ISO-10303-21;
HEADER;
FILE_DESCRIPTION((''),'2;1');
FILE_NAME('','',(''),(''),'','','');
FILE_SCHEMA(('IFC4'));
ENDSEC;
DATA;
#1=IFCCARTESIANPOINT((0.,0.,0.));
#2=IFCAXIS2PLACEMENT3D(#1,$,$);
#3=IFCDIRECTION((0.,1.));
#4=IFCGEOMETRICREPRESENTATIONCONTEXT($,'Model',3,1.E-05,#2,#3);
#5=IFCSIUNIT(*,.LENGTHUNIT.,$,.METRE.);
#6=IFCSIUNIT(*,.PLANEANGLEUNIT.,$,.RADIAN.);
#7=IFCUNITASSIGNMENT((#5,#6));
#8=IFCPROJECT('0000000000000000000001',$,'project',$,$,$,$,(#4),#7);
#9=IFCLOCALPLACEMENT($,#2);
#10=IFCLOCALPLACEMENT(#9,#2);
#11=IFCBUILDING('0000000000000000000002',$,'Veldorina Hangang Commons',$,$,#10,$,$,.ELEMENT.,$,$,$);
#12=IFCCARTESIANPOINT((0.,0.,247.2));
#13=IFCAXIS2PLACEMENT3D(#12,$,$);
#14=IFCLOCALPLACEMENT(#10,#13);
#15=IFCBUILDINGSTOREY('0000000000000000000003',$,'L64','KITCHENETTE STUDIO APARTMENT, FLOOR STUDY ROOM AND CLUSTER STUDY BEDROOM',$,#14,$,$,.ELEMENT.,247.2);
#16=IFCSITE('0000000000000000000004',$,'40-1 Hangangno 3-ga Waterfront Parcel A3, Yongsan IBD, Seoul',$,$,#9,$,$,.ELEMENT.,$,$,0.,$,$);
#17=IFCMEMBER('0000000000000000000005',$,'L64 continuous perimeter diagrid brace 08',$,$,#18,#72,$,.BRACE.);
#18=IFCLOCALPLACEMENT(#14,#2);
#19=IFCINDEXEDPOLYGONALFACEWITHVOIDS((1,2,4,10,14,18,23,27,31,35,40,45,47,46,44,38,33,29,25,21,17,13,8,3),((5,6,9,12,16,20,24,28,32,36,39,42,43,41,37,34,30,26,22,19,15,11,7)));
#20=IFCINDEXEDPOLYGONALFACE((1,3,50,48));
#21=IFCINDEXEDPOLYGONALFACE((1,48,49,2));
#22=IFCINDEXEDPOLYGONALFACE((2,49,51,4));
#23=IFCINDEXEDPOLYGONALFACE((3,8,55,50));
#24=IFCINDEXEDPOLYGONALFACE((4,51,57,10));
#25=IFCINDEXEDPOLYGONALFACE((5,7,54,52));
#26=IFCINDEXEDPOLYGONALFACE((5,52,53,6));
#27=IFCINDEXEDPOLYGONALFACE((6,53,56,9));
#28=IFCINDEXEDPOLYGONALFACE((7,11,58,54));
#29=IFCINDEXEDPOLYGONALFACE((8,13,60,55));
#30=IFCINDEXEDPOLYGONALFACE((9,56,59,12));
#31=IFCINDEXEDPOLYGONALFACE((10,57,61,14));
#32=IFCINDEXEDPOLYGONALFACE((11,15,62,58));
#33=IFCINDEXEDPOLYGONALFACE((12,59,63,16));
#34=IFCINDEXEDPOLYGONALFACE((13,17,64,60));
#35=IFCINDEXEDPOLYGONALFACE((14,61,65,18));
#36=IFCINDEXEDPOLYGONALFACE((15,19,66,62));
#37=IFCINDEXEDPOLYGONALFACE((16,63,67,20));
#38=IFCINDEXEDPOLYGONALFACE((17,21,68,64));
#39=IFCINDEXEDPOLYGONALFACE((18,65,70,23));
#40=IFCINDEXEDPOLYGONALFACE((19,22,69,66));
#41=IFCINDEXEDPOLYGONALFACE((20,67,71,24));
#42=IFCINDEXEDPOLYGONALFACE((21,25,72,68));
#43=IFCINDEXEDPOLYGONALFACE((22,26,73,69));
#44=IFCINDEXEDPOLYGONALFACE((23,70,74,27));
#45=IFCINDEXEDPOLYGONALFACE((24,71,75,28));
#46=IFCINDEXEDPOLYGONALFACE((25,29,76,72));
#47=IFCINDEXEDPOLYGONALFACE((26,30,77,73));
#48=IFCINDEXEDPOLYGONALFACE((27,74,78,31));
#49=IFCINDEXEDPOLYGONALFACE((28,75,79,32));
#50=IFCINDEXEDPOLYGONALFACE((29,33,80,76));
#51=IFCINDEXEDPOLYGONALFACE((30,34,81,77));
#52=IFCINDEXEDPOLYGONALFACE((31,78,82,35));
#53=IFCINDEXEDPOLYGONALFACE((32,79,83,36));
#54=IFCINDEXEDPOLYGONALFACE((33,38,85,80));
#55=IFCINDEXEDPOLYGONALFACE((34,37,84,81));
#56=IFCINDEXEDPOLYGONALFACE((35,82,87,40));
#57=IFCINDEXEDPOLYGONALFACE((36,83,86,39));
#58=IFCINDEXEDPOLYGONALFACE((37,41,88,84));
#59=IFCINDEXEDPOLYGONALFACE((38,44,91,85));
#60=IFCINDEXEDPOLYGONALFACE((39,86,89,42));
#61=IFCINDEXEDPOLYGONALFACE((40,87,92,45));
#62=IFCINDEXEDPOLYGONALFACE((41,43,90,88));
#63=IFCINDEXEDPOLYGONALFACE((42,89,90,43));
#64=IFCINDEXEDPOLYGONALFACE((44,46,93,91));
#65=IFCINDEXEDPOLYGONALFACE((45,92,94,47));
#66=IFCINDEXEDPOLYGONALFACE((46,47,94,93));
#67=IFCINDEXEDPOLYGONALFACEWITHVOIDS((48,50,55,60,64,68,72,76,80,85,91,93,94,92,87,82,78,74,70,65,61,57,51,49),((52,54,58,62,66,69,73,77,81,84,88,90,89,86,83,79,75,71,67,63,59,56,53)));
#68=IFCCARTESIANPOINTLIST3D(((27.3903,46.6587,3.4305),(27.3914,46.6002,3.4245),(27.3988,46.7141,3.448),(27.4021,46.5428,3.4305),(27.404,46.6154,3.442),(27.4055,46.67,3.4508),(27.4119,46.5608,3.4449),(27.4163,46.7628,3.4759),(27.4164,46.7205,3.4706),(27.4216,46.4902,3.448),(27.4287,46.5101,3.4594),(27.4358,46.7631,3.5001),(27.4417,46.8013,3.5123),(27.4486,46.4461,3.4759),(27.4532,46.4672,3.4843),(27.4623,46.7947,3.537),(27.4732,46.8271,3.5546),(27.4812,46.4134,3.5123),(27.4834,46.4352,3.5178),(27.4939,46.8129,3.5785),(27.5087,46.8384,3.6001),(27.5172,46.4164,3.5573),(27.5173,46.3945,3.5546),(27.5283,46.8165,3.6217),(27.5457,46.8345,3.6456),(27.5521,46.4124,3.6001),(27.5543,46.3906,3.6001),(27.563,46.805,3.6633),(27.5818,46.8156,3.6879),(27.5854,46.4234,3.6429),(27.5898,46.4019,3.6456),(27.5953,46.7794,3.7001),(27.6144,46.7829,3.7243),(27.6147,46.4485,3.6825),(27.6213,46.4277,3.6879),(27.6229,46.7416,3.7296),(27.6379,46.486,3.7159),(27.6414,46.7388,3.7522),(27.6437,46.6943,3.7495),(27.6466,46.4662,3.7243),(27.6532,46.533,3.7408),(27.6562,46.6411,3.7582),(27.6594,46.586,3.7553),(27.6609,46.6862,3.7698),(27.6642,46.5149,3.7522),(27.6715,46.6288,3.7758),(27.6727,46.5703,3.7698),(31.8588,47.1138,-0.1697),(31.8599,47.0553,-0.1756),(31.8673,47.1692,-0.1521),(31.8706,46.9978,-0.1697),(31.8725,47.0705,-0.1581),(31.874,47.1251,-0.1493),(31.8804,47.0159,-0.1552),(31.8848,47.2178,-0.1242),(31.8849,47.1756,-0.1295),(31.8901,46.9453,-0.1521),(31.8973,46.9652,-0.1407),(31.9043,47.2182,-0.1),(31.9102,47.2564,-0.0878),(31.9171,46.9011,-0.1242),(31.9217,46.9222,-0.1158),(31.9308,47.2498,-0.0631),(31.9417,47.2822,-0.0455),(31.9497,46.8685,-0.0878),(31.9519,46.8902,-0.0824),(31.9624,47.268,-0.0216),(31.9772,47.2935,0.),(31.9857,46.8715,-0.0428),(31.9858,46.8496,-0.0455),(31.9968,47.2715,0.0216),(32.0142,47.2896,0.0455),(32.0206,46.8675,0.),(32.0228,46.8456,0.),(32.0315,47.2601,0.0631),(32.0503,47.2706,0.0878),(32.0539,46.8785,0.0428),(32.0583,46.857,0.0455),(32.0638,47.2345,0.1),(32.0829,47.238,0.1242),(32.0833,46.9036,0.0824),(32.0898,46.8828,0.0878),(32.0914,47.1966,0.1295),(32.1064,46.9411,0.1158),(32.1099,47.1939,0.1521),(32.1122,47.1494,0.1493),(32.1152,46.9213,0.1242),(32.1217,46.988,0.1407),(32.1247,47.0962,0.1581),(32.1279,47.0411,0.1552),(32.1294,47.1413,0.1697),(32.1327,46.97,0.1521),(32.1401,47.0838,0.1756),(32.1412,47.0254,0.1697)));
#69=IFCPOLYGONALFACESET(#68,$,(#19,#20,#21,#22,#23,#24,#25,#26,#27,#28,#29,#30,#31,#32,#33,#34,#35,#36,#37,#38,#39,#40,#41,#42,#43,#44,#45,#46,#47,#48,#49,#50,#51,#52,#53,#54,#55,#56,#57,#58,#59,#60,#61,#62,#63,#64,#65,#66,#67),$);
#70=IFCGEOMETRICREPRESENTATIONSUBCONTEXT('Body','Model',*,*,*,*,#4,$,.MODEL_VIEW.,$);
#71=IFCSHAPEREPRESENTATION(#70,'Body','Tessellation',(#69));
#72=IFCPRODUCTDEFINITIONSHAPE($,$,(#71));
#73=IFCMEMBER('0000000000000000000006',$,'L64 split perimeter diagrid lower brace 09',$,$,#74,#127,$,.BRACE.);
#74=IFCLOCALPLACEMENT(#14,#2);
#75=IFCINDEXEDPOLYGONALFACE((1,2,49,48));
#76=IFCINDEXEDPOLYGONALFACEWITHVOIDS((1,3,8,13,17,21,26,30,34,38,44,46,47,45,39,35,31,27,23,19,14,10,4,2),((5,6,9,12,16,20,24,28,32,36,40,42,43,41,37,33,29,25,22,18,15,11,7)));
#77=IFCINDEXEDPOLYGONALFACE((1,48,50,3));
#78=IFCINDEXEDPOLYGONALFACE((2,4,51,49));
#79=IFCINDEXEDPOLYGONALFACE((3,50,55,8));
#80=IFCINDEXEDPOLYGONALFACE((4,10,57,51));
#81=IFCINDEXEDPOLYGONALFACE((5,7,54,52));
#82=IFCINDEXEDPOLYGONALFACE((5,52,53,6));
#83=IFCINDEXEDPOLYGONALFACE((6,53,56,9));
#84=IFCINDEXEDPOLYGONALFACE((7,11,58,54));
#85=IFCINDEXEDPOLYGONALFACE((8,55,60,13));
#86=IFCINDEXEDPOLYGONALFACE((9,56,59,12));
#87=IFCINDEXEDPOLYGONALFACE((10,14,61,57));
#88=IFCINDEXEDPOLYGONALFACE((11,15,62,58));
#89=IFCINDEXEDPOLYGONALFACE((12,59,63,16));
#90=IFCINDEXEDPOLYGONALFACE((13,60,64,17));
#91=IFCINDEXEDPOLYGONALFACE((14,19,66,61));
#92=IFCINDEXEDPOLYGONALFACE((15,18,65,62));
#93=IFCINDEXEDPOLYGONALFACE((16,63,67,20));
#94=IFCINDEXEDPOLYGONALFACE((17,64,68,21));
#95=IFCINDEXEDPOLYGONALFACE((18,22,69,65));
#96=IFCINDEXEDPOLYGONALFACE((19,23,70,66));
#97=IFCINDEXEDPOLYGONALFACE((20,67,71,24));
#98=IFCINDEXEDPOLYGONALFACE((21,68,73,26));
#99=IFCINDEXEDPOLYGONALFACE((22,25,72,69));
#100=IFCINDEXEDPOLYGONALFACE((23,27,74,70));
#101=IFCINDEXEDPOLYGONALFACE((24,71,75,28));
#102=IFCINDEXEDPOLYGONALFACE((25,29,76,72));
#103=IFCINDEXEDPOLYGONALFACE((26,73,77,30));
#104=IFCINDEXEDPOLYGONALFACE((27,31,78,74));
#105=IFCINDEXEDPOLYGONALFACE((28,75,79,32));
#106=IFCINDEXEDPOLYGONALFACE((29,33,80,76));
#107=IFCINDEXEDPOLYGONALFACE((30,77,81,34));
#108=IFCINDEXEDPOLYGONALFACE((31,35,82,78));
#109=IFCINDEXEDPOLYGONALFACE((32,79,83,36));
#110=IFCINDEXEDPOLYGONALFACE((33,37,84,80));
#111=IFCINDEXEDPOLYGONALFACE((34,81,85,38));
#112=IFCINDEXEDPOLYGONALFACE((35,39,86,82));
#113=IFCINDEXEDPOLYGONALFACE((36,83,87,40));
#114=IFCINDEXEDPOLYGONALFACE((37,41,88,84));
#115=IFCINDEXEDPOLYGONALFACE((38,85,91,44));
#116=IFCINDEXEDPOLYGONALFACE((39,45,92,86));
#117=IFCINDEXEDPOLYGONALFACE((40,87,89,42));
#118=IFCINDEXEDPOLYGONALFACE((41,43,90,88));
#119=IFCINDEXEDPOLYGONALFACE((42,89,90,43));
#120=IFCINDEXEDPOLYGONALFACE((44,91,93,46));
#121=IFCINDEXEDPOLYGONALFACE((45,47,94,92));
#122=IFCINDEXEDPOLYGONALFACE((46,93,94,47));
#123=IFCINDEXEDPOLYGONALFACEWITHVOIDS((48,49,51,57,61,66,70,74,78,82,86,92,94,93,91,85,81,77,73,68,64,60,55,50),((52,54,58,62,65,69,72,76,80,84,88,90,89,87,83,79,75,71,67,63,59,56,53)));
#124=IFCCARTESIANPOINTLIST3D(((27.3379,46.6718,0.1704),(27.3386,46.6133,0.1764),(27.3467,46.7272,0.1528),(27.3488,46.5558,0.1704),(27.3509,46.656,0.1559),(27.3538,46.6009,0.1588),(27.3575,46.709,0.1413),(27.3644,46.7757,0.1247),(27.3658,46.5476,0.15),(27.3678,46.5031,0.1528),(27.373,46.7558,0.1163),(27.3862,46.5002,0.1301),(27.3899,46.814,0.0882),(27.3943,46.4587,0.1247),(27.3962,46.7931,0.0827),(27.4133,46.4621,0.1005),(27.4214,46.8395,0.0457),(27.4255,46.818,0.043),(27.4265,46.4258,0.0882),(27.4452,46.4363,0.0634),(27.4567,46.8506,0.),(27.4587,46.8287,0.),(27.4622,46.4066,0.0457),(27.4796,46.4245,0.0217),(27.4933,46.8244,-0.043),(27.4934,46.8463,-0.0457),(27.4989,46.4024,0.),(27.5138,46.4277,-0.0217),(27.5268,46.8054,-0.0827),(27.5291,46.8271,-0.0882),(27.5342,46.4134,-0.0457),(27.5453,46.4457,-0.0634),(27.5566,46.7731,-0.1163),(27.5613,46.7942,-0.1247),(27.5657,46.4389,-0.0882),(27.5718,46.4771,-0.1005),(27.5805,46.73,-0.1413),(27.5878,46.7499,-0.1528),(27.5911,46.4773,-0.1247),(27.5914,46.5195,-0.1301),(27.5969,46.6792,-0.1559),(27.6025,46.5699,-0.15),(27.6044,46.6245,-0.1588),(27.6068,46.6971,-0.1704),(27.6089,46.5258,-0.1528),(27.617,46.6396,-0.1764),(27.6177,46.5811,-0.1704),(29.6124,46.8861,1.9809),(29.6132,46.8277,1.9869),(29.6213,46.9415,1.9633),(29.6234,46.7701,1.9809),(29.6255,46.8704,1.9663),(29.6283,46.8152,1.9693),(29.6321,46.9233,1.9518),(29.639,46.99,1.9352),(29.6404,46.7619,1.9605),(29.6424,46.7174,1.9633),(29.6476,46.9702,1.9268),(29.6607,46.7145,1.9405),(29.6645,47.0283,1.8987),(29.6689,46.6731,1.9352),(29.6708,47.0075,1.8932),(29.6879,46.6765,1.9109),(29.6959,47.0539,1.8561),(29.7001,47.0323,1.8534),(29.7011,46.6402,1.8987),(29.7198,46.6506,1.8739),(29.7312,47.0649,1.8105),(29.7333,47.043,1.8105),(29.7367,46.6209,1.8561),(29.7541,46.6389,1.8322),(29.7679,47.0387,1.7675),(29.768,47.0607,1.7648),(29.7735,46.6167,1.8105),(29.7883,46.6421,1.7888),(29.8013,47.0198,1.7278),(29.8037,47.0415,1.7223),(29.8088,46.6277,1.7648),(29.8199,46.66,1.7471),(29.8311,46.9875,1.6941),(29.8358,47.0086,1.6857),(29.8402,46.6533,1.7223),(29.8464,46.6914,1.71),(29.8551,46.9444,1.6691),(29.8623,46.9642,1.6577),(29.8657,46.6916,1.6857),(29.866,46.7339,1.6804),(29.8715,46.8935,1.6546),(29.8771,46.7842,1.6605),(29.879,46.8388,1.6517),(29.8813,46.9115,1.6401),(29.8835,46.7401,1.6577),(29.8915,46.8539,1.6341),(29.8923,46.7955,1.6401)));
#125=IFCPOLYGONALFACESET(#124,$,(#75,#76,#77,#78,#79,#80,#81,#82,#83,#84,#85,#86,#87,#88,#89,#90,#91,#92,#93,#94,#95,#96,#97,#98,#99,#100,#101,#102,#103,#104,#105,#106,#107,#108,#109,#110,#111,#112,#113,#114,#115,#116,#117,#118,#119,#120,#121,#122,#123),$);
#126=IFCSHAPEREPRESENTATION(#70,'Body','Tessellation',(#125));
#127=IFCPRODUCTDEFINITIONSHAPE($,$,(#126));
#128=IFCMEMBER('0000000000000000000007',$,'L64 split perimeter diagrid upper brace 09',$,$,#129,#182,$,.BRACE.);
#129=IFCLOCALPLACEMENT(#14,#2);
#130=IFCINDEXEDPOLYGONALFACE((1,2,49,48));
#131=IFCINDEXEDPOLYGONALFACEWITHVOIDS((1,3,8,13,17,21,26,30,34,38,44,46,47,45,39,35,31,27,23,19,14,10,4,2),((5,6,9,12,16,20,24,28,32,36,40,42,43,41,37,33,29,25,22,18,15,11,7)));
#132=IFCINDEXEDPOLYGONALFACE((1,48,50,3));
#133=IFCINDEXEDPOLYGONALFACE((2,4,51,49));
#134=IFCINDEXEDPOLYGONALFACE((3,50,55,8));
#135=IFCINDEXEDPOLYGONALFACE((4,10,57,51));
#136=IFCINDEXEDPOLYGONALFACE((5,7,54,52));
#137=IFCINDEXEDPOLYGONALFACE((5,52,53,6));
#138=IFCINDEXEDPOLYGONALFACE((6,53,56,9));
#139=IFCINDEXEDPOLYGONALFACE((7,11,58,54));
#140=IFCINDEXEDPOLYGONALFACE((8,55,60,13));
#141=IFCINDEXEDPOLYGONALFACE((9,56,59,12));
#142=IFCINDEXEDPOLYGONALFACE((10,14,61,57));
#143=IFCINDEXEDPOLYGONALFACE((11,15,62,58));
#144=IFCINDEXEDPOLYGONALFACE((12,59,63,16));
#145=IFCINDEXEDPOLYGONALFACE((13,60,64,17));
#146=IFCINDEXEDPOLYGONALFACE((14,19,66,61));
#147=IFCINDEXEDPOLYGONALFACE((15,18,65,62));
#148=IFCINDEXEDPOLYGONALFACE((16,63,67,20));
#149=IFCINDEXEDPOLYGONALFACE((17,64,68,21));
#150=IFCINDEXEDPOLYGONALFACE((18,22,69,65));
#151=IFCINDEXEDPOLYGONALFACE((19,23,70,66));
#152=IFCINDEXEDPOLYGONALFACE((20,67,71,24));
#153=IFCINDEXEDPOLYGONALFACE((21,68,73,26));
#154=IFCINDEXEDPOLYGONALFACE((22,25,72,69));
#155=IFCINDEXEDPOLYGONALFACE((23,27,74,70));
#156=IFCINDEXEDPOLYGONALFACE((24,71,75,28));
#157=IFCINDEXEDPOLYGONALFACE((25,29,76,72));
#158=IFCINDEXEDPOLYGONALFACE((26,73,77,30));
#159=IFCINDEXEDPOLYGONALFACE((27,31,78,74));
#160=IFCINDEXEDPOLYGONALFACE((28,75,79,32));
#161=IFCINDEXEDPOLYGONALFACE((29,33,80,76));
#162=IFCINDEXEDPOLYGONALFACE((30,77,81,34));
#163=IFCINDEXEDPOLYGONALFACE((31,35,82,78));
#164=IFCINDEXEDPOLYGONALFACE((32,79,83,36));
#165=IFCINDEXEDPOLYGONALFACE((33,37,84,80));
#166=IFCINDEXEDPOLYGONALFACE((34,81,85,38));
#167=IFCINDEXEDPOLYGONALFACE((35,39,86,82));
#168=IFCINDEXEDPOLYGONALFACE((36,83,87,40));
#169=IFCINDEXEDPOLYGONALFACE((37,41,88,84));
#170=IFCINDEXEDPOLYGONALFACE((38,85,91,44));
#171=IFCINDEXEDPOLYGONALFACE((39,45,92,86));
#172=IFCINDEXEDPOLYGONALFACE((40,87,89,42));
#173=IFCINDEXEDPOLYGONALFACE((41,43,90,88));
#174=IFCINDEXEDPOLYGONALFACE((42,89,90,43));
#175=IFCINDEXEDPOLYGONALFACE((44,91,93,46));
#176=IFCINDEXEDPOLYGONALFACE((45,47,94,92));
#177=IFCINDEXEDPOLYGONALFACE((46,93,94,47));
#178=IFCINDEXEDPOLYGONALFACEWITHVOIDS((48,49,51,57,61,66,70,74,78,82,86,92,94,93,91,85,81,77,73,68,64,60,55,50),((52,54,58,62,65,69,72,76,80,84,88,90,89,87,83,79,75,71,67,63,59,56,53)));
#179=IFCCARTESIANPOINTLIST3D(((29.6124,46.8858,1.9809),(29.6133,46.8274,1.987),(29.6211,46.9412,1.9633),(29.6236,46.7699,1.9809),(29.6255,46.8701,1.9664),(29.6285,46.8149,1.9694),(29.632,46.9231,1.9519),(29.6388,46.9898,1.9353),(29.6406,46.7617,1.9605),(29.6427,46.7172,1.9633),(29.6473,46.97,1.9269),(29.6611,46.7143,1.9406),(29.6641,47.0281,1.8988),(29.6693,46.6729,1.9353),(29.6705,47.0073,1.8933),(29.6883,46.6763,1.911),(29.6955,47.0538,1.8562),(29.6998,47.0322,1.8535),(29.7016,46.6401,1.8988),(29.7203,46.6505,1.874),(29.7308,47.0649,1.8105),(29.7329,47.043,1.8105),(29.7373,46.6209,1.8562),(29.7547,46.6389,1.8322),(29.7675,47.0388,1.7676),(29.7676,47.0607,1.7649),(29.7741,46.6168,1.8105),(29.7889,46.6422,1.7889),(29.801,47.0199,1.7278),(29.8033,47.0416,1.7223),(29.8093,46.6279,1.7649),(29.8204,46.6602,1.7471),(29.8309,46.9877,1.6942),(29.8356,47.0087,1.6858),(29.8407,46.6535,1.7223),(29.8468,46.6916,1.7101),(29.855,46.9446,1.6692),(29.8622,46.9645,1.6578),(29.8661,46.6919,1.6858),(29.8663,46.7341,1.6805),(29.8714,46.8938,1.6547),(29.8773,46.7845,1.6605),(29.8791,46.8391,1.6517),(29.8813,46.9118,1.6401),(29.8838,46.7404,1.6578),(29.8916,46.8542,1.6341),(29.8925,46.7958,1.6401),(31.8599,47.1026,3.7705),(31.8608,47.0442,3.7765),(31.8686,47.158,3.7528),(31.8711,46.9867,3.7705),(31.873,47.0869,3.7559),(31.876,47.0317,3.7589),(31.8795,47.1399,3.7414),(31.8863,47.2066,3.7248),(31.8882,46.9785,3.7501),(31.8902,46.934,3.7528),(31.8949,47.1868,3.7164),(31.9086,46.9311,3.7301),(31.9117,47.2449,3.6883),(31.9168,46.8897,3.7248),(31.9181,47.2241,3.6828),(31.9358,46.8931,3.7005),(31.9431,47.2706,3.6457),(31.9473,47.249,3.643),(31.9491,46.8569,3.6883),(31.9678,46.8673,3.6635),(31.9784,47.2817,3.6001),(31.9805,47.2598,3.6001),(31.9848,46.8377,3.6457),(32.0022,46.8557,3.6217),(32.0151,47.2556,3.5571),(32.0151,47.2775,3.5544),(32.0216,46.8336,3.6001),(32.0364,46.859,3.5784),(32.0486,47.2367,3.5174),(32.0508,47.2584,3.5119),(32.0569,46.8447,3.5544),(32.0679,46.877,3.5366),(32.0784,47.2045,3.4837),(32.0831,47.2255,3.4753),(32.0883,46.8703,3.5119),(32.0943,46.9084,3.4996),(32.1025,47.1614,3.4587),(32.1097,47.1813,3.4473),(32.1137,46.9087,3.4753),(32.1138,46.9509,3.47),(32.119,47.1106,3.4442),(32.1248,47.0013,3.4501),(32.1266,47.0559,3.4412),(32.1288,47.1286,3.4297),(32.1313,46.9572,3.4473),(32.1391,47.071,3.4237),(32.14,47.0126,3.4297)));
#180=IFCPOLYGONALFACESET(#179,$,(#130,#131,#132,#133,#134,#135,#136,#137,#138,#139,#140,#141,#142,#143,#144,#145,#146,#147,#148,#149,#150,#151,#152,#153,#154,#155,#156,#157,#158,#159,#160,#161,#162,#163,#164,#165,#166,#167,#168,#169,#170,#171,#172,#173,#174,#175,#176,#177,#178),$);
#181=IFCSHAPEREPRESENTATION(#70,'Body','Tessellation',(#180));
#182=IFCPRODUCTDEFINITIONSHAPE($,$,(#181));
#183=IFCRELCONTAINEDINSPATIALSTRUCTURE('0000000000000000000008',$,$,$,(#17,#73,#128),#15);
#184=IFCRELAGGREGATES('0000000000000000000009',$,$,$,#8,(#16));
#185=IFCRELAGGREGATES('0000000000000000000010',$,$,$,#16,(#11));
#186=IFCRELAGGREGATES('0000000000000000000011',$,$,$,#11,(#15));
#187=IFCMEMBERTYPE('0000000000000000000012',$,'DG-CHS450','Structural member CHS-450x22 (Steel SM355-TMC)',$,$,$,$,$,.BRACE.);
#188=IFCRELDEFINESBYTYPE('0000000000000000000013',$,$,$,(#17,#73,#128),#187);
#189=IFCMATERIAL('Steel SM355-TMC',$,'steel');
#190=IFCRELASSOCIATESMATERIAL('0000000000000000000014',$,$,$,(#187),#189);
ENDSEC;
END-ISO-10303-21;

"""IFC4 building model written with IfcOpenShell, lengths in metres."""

from ifc_helpers import new_model, si_unit, direction, frame, origin, origin_2d, place, context, subcontext, project, spatial, hollow_circle, extrude, material, material_profile, profile_set, type_object, element, save


model = new_model("IFC4")

# Units and contexts
model_context = context("Model", 3, precision=1e-05, world=origin(), true_north=direction((0.0, 1.0)))
body_context = subcontext(model_context, "Body", "Model", "MODEL_VIEW")
ifc_project = project(units=[si_unit("LENGTHUNIT", "METRE"), si_unit("PLANEANGLEUNIT", "RADIAN")], contexts=[model_context])

# Site, building, storey
site_placement = place(None, origin())
site = spatial("IfcSite", under=ifc_project, at=site_placement, Name="40-1 Hangangno 3-ga Waterfront Parcel A3, Yongsan IBD, Seoul", CompositionType="ELEMENT", RefElevation=0.0)
building_placement = place(site_placement, origin())
building = spatial("IfcBuilding", under=site, at=building_placement, Name="Veldorina Hangang Commons", CompositionType="ELEMENT")
storey_placement = place(building_placement, frame((0.0, 0.0, 247.2)))
storey = spatial("IfcBuildingStorey", under=building, at=storey_placement, Name="L64", Description="KITCHENETTE STUDIO APARTMENT, FLOOR STUDY ROOM AND CLUSTER STUDY BEDROOM", CompositionType="ELEMENT", Elevation=247.2)

# Shared definitions
ifc_material_1 = material(Name="Steel SM355-TMC", Category="steel")

# Members
ifc_material_profile_1 = material_profile(ifc_material_1, hollow_circle(Radius=0.2251, WallThickness=0.022, at=origin_2d()), Name="CHS-450x22")
ifc_profile_set_1 = profile_set([ifc_material_profile_1], Name="Steel SM355-TMC")
member_type_1 = type_object("IfcMemberType", Name="DG-CHS450", Description="Structural member CHS-450x22 (Steel SM355-TMC)", PredefinedType="BRACE", material=ifc_profile_set_1)
member_1_placement = place(storey_placement, frame((32.0, 47.0696, 0.0), z_axis=(-0.776277, -0.079057, 0.625415), x_axis=(0.101317, -0.994854, 0.0)))
element("IfcMember", 1, at=member_1_placement, inside=storey, type_object=member_type_1, Name="L64 continuous perimeter diagrid brace 08", PredefinedType="BRACE", context=body_context, shape_type="SweptSolid", body=[
    extrude(hollow_circle(Radius=0.2251, WallThickness=0.022, at=origin_2d()), origin(), (0.0, 0.0, 1.0), 5.7563),
])
member_2_placement = place(storey_placement, frame((27.4778, 46.6265, 0.0), z_axis=(0.780289, 0.073532, 0.621082), x_axis=(-0.093821, 0.995589, 0.0)))
element("IfcMember", 2, at=member_2_placement, inside=storey, type_object=member_type_1, Name="L64 split perimeter diagrid lower brace 09", PredefinedType="BRACE", context=body_context, shape_type="SweptSolid", body=[
    extrude(hollow_circle(Radius=0.2251, WallThickness=0.022, at=origin_2d()), origin(), (0.0, 0.0, 1.0), 2.915),
])
member_3_placement = place(storey_placement, frame((29.7524, 46.8408, 1.8105), z_axis=(0.780091, 0.075247, 0.621124), x_axis=(-0.096013, 0.99538, 0.0)))
element("IfcMember", 3, at=member_3_placement, inside=storey, type_object=member_type_1, Name="L64 split perimeter diagrid upper brace 09", PredefinedType="BRACE", context=body_context, shape_type="SweptSolid", body=[
    extrude(hollow_circle(Radius=0.2251, WallThickness=0.022, at=origin_2d()), origin(), (0.0, 0.0, 1.0), 2.8811),
])

save(model, "model.ifc")
